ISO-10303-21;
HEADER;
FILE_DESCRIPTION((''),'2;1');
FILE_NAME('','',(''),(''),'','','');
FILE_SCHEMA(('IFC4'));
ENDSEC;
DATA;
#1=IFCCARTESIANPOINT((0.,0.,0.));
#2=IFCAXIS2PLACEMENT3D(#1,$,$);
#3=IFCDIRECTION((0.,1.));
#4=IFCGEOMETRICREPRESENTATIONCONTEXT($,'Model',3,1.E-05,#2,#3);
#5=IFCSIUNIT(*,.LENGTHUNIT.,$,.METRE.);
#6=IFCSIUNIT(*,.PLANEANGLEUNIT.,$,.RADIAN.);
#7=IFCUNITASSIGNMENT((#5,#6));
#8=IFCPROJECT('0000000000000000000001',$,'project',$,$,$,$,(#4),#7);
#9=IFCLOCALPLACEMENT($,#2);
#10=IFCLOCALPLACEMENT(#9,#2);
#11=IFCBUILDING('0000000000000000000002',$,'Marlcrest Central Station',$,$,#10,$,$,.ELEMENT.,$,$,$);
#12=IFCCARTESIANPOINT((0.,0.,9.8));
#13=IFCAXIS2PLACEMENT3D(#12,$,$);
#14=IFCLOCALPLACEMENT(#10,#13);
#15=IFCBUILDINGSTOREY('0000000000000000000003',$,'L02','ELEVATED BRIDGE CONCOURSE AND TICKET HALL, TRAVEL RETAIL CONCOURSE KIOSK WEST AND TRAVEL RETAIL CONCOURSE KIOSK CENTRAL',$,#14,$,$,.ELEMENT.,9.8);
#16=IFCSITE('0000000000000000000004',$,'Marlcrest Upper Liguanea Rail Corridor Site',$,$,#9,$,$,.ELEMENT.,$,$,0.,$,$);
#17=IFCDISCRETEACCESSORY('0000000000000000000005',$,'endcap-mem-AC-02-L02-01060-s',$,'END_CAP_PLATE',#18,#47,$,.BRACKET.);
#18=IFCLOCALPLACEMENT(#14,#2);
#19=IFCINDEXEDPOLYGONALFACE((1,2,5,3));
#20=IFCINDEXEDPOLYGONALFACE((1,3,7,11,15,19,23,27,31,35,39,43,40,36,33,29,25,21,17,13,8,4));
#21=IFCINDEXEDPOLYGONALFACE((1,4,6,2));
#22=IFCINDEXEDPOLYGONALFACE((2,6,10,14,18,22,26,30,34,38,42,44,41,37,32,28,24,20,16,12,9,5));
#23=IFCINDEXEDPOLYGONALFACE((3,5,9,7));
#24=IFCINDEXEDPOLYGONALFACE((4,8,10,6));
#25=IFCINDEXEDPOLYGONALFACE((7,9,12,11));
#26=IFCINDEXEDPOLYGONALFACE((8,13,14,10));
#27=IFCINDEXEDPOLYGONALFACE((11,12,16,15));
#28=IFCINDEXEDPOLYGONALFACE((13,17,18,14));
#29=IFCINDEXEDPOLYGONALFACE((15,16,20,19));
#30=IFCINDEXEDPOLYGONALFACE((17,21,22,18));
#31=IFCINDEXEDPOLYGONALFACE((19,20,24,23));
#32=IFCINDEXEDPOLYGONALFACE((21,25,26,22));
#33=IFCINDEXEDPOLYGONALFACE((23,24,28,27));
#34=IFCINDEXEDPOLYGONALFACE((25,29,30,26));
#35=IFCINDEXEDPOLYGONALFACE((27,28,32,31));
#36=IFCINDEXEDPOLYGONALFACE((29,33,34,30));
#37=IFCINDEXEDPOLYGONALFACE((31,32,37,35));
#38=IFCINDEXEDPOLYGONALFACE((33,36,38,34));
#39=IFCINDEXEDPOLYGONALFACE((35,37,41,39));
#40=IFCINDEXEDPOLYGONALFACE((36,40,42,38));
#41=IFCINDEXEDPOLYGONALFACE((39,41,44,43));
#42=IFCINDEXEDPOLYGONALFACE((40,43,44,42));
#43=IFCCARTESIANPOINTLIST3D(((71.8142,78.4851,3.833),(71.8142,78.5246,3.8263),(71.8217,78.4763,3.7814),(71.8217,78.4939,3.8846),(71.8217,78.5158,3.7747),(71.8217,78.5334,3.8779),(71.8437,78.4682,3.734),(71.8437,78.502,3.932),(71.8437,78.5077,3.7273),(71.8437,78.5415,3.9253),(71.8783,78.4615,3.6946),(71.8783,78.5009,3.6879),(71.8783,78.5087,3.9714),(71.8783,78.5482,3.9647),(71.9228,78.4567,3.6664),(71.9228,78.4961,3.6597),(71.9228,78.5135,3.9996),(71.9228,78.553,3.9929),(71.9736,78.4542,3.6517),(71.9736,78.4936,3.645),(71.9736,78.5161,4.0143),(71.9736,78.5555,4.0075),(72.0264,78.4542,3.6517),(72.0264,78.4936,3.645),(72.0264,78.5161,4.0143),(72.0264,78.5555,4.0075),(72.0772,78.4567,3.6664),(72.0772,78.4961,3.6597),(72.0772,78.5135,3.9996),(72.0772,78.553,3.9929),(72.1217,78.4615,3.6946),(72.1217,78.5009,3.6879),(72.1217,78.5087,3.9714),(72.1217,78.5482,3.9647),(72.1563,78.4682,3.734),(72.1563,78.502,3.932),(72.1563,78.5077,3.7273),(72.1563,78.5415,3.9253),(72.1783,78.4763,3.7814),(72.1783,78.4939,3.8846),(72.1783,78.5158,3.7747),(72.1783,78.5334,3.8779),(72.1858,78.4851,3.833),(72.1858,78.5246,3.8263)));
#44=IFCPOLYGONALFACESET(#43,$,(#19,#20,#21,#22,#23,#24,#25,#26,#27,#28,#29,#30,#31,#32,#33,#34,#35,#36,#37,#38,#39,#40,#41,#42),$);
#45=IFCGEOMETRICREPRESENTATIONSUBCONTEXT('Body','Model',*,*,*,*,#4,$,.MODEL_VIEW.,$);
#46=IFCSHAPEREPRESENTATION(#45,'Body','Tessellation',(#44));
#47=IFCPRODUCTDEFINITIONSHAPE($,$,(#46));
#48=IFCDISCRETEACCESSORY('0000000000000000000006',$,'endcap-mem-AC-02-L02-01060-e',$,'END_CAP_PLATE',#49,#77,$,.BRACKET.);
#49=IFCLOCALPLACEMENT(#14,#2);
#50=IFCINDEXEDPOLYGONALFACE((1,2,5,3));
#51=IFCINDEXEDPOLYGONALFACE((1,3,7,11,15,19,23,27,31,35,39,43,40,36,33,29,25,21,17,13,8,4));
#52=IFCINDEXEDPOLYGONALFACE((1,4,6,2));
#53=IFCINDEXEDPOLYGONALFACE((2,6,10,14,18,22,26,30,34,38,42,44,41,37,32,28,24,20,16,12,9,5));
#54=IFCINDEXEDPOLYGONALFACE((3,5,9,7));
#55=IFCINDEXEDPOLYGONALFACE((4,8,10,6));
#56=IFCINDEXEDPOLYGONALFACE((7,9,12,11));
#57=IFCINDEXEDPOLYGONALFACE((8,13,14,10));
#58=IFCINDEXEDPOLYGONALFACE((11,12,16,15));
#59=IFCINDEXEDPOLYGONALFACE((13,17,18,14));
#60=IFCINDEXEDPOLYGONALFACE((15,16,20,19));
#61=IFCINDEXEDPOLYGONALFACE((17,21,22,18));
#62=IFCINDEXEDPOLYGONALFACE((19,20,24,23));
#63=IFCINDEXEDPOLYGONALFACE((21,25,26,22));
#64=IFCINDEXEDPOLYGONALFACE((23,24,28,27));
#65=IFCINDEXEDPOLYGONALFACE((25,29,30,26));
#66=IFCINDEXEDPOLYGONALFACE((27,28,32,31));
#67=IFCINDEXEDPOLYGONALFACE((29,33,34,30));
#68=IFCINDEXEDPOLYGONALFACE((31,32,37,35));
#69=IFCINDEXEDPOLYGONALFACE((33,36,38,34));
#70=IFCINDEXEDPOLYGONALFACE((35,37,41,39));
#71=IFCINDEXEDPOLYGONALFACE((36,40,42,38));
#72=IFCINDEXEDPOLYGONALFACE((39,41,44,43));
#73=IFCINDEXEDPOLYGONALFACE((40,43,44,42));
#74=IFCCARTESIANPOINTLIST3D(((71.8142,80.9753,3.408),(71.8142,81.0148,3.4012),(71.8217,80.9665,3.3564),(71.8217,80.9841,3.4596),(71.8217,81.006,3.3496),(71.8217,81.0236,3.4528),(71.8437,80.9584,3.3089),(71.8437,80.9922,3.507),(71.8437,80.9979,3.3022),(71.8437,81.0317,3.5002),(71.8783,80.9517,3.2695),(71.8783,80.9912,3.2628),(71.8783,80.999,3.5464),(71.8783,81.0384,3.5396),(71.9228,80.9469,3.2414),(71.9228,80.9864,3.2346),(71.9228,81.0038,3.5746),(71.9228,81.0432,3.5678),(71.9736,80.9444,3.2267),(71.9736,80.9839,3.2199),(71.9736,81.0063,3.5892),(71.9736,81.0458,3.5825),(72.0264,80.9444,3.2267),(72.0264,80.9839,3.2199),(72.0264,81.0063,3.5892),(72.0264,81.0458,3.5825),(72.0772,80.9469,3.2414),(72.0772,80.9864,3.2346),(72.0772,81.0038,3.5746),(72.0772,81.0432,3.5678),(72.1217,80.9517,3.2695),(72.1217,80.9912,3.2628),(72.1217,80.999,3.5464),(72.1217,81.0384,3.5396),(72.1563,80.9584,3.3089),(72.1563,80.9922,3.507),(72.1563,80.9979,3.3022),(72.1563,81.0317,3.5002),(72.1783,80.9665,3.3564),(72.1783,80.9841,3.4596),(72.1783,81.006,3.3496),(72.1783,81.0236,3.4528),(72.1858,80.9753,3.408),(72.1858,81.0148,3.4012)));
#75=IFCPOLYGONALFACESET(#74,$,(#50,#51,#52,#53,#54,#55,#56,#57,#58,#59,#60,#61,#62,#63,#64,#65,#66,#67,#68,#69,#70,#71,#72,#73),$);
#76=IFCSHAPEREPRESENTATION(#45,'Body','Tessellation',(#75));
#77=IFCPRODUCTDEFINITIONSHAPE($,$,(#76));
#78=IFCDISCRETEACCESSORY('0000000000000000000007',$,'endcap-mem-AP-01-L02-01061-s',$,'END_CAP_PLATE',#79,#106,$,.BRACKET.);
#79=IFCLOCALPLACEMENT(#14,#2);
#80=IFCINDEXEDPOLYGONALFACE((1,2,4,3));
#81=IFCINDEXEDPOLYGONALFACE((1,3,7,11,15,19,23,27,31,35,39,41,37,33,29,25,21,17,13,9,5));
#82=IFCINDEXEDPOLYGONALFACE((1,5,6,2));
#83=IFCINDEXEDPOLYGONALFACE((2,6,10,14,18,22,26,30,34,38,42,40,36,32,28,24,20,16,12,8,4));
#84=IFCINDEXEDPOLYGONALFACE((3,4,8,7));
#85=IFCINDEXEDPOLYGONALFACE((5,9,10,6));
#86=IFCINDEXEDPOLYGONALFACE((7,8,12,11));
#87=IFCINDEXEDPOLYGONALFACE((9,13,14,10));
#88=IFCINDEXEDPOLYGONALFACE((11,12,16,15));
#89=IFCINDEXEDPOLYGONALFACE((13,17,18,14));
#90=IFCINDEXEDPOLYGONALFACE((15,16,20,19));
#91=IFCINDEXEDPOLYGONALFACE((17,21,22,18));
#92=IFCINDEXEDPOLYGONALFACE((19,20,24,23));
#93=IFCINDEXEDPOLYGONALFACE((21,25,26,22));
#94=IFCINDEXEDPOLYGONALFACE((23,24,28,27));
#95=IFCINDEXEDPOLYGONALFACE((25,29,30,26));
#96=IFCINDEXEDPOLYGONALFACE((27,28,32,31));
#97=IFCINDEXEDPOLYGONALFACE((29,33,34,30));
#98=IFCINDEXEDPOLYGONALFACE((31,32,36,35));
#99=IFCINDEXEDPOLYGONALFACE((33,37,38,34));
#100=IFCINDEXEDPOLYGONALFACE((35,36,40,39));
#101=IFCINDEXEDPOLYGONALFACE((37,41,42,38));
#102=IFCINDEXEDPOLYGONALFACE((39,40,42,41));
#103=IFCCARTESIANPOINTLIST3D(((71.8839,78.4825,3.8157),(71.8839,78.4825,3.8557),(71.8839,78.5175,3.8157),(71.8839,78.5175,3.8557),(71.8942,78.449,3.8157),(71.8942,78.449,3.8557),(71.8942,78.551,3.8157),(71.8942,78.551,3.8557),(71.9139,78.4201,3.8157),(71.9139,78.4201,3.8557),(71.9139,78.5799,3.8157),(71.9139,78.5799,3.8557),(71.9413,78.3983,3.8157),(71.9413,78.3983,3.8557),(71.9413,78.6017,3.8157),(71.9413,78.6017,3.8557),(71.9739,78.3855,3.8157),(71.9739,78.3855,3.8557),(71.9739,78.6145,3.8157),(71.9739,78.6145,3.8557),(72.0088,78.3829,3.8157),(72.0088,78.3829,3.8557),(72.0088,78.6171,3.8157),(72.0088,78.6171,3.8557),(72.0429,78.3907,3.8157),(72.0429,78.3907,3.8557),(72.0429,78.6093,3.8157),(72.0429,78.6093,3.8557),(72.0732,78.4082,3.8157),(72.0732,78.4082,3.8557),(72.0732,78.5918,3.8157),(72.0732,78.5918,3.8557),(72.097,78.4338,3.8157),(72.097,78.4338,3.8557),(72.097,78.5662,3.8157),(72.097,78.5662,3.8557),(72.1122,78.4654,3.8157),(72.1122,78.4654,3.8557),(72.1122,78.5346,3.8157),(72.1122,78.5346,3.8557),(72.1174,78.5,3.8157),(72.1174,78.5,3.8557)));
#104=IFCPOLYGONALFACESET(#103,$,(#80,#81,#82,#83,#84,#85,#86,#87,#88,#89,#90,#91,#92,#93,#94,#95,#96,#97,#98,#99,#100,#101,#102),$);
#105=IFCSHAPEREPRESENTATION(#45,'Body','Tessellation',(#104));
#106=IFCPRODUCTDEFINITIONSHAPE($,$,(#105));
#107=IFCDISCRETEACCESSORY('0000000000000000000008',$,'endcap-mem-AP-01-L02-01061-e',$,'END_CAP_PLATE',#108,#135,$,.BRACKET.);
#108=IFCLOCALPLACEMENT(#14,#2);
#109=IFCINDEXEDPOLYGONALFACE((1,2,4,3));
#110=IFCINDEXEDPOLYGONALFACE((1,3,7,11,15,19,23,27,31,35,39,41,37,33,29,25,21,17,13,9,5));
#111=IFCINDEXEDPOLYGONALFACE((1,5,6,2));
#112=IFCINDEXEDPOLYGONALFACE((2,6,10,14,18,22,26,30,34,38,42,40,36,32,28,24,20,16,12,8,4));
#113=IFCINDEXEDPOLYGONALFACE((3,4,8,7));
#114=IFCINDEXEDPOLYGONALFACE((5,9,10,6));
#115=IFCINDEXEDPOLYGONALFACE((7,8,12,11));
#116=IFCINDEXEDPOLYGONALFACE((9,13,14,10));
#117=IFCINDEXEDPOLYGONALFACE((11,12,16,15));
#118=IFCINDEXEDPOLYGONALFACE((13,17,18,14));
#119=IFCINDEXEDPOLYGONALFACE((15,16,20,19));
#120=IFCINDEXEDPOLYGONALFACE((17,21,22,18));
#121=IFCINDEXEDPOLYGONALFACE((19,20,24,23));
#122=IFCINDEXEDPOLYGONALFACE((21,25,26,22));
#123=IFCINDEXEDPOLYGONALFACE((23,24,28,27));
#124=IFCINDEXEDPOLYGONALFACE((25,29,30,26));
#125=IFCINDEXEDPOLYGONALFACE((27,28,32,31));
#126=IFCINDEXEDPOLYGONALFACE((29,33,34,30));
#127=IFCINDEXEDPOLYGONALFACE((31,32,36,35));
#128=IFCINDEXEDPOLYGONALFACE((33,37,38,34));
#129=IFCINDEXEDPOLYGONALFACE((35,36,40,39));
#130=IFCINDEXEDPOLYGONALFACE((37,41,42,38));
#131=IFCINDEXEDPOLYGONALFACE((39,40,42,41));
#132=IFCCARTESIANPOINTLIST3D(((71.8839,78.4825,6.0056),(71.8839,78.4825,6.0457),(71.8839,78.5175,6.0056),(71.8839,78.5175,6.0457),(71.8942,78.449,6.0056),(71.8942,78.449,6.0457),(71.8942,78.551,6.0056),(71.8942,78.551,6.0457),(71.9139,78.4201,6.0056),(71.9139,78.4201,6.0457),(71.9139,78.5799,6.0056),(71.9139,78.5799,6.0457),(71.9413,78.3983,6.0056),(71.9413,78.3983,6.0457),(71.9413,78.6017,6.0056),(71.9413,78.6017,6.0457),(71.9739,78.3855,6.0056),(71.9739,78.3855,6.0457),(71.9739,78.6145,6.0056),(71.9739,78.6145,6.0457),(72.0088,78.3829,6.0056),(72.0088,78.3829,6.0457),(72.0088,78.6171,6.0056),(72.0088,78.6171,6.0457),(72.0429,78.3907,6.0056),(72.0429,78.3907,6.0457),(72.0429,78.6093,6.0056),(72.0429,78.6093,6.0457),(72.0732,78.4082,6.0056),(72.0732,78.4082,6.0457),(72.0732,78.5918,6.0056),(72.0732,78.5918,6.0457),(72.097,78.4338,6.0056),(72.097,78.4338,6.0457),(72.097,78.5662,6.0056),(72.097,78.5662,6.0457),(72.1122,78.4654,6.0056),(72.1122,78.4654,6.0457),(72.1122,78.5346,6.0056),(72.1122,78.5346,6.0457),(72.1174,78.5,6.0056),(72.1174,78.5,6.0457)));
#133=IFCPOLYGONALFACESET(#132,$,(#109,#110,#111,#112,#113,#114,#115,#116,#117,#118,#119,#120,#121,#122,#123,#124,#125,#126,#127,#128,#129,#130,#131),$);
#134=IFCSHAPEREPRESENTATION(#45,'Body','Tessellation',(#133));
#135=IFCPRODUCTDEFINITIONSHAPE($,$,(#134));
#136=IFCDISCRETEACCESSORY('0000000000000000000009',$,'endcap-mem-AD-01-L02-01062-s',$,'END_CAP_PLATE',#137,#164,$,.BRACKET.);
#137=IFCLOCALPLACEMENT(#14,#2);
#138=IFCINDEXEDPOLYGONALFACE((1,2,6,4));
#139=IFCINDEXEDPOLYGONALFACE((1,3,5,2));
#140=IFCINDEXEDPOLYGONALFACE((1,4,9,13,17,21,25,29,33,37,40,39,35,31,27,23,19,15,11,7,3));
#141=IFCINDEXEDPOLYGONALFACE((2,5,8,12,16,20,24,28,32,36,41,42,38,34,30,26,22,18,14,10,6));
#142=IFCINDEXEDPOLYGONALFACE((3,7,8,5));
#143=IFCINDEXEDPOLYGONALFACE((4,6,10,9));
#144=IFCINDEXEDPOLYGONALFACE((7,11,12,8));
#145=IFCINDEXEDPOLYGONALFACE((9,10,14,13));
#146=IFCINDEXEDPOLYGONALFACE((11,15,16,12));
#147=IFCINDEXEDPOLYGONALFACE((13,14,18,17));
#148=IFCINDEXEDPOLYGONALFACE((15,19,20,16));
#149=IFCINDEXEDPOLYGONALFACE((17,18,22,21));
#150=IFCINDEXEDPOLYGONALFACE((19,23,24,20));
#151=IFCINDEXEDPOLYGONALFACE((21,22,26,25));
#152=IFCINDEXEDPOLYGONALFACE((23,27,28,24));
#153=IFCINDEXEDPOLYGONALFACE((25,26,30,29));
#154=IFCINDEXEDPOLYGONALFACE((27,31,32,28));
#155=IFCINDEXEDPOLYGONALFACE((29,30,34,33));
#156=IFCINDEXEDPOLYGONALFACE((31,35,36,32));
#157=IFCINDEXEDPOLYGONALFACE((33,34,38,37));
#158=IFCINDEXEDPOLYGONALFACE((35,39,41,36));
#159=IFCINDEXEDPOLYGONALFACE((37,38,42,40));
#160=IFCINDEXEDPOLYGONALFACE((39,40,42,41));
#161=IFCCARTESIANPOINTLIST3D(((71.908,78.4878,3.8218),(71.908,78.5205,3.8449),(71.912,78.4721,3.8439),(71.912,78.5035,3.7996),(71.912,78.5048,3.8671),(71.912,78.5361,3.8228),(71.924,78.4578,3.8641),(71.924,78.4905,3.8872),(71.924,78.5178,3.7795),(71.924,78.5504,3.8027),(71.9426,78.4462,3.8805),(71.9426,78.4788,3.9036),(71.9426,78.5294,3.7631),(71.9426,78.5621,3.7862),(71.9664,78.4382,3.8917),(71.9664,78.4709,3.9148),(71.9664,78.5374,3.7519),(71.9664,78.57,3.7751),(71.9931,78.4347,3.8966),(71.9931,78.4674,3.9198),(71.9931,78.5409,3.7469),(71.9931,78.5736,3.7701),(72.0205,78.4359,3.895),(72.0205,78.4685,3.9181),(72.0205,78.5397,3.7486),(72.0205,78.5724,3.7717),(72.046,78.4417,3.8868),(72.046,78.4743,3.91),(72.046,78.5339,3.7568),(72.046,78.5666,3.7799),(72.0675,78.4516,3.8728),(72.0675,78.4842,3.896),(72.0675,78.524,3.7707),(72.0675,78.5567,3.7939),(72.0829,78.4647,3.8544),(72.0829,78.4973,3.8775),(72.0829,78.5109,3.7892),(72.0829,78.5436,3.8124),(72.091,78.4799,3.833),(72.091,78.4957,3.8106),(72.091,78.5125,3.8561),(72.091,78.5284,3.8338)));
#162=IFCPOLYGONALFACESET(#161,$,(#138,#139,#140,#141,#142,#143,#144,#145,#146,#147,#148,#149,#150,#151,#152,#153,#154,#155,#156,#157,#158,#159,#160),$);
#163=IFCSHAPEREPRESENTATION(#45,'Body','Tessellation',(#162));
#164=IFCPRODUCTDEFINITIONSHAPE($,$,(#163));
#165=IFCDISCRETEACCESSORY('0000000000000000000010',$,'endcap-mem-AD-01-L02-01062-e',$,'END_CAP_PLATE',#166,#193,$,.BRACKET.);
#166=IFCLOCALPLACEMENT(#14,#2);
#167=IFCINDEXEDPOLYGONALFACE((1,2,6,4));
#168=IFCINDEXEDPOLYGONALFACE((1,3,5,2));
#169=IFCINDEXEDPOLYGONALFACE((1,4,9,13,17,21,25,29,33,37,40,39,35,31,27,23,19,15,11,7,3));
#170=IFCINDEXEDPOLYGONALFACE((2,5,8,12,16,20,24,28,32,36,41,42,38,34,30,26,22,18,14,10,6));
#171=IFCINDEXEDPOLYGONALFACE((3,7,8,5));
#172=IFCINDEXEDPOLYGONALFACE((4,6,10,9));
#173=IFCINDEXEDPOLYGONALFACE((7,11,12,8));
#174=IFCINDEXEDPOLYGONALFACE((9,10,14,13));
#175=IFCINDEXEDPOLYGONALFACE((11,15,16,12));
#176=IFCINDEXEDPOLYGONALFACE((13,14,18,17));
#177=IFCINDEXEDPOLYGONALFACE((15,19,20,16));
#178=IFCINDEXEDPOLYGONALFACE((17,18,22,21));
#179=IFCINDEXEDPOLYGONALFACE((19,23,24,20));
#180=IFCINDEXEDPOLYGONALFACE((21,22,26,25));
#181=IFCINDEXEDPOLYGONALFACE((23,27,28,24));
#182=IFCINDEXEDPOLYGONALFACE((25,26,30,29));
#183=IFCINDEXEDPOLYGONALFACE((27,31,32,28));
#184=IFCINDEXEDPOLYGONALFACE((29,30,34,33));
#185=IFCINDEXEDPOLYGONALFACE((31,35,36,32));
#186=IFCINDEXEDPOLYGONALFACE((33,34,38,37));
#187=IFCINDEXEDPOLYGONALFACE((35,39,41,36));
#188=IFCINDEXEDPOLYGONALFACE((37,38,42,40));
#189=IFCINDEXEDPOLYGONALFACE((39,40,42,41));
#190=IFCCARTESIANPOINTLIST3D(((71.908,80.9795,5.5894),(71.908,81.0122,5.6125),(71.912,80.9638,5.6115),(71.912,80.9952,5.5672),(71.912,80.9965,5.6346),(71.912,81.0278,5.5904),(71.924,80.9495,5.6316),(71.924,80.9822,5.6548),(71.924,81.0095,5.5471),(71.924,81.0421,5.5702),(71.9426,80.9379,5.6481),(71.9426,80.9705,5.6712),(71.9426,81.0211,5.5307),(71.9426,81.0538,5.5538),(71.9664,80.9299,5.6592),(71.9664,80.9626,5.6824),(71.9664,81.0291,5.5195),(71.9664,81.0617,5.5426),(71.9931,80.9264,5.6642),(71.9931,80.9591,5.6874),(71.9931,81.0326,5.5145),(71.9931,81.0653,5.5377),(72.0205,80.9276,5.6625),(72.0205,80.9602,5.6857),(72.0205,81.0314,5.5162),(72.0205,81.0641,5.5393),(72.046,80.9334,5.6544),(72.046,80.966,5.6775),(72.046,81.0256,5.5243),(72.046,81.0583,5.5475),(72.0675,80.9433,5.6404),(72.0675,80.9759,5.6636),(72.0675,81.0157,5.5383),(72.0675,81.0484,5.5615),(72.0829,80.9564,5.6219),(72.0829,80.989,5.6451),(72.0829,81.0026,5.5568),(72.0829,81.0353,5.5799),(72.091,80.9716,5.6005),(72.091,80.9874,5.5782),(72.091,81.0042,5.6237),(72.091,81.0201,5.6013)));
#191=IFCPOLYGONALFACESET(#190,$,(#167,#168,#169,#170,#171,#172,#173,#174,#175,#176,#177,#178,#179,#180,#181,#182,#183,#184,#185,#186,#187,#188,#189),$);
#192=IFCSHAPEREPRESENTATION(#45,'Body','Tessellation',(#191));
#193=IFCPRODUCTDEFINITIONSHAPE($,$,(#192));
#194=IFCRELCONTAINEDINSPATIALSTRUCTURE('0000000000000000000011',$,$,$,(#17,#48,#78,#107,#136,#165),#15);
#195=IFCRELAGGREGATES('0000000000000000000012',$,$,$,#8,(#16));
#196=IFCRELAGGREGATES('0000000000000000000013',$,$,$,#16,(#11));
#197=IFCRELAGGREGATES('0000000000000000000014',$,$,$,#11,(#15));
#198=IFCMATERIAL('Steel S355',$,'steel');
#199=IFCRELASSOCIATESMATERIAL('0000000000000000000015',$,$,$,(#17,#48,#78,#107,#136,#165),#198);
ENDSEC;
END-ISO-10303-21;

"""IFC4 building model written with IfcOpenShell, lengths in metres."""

from ifc_helpers import new_model, si_unit, direction, frame, origin, origin_2d, place, context, subcontext, project, spatial, circle, extrude, material, element, save


model = new_model("IFC4")

# Units and contexts
model_context = context("Model", 3, precision=1e-05, world=origin(), true_north=direction((0.0, 1.0)))
body_context = subcontext(model_context, "Body", "Model", "MODEL_VIEW")
ifc_project = project(units=[si_unit("LENGTHUNIT", "METRE"), si_unit("PLANEANGLEUNIT", "RADIAN")], contexts=[model_context])

# Site, building, storey
site_placement = place(None, origin())
site = spatial("IfcSite", under=ifc_project, at=site_placement, Name="Marlcrest Upper Liguanea Rail Corridor Site", CompositionType="ELEMENT", RefElevation=0.0)
building_placement = place(site_placement, origin())
building = spatial("IfcBuilding", under=site, at=building_placement, Name="Marlcrest Central Station", CompositionType="ELEMENT")
storey_placement = place(building_placement, frame((0.0, 0.0, 9.8)))
storey = spatial("IfcBuildingStorey", under=building, at=storey_placement, Name="L02", Description="ELEVATED BRIDGE CONCOURSE AND TICKET HALL, TRAVEL RETAIL CONCOURSE KIOSK WEST AND TRAVEL RETAIL CONCOURSE KIOSK CENTRAL", CompositionType="ELEMENT", Elevation=9.8)

# Shared definitions
ifc_material_1 = material(Name="Steel S355", Category="steel")

# Discrete accessories
for number, where, z_axis, x_axis, name in (
    (1, (72.0, 78.4851, 3.833), (0.0, 0.985741, -0.168269), (-1.0, 0.0, 0.0), "endcap-mem-AC-02-L02-01060-s"),
    (2, (72.0, 80.9753, 3.408), (0.0, 0.985741, -0.168269), (-1.0, 0.0, 0.0), "endcap-mem-AC-02-L02-01060-e"),
):
    element("IfcDiscreteAccessory", number, at=place(storey_placement, frame(where, z_axis=z_axis, x_axis=x_axis)), inside=storey, material=ifc_material_1, Name=name, ObjectType="END_CAP_PLATE", PredefinedType="BRACKET", context=body_context, shape_type="SweptSolid", body=[
        extrude(circle(Radius=0.1858, at=origin_2d()), origin(), (0.0, 0.0, 1.0), 0.04),
    ])
for number, where, z_axis, x_axis, name in (
    (3, (72.0, 78.5, 3.8157), (0.0, 0.0, 1.0), (1.0, 0.0, 0.0), "endcap-mem-AP-01-L02-01061-s"),
    (4, (72.0, 78.5, 6.0056), (0.0, 0.0, 1.0), (1.0, 0.0, 0.0), "endcap-mem-AP-01-L02-01061-e"),
):
    element("IfcDiscreteAccessory", number, at=place(storey_placement, frame(where, z_axis=z_axis, x_axis=x_axis)), inside=storey, material=ifc_material_1, Name=name, ObjectType="END_CAP_PLATE", PredefinedType="BRACKET", context=body_context, shape_type="SweptSolid", body=[
        extrude(circle(Radius=0.1174, at=origin_2d()), origin(), (0.0, 0.0, 1.0), 0.04),
    ])
for number, where, z_axis, x_axis, name in (
    (5, (72.0, 78.4878, 3.8218), (0.0, 0.815661, 0.57853), (-1.0, 0.0, 0.0), "endcap-mem-AD-01-L02-01062-s"),
    (6, (72.0, 80.9795, 5.5894), (0.0, 0.815661, 0.57853), (-1.0, 0.0, 0.0), "endcap-mem-AD-01-L02-01062-e"),
):
    element("IfcDiscreteAccessory", number, at=place(storey_placement, frame(where, z_axis=z_axis, x_axis=x_axis)), inside=storey, material=ifc_material_1, Name=name, ObjectType="END_CAP_PLATE", PredefinedType="BRACKET", context=body_context, shape_type="SweptSolid", body=[
        extrude(circle(Radius=0.092, at=origin_2d()), origin(), (0.0, 0.0, 1.0), 0.04),
    ])

save(model, "model.ifc")
